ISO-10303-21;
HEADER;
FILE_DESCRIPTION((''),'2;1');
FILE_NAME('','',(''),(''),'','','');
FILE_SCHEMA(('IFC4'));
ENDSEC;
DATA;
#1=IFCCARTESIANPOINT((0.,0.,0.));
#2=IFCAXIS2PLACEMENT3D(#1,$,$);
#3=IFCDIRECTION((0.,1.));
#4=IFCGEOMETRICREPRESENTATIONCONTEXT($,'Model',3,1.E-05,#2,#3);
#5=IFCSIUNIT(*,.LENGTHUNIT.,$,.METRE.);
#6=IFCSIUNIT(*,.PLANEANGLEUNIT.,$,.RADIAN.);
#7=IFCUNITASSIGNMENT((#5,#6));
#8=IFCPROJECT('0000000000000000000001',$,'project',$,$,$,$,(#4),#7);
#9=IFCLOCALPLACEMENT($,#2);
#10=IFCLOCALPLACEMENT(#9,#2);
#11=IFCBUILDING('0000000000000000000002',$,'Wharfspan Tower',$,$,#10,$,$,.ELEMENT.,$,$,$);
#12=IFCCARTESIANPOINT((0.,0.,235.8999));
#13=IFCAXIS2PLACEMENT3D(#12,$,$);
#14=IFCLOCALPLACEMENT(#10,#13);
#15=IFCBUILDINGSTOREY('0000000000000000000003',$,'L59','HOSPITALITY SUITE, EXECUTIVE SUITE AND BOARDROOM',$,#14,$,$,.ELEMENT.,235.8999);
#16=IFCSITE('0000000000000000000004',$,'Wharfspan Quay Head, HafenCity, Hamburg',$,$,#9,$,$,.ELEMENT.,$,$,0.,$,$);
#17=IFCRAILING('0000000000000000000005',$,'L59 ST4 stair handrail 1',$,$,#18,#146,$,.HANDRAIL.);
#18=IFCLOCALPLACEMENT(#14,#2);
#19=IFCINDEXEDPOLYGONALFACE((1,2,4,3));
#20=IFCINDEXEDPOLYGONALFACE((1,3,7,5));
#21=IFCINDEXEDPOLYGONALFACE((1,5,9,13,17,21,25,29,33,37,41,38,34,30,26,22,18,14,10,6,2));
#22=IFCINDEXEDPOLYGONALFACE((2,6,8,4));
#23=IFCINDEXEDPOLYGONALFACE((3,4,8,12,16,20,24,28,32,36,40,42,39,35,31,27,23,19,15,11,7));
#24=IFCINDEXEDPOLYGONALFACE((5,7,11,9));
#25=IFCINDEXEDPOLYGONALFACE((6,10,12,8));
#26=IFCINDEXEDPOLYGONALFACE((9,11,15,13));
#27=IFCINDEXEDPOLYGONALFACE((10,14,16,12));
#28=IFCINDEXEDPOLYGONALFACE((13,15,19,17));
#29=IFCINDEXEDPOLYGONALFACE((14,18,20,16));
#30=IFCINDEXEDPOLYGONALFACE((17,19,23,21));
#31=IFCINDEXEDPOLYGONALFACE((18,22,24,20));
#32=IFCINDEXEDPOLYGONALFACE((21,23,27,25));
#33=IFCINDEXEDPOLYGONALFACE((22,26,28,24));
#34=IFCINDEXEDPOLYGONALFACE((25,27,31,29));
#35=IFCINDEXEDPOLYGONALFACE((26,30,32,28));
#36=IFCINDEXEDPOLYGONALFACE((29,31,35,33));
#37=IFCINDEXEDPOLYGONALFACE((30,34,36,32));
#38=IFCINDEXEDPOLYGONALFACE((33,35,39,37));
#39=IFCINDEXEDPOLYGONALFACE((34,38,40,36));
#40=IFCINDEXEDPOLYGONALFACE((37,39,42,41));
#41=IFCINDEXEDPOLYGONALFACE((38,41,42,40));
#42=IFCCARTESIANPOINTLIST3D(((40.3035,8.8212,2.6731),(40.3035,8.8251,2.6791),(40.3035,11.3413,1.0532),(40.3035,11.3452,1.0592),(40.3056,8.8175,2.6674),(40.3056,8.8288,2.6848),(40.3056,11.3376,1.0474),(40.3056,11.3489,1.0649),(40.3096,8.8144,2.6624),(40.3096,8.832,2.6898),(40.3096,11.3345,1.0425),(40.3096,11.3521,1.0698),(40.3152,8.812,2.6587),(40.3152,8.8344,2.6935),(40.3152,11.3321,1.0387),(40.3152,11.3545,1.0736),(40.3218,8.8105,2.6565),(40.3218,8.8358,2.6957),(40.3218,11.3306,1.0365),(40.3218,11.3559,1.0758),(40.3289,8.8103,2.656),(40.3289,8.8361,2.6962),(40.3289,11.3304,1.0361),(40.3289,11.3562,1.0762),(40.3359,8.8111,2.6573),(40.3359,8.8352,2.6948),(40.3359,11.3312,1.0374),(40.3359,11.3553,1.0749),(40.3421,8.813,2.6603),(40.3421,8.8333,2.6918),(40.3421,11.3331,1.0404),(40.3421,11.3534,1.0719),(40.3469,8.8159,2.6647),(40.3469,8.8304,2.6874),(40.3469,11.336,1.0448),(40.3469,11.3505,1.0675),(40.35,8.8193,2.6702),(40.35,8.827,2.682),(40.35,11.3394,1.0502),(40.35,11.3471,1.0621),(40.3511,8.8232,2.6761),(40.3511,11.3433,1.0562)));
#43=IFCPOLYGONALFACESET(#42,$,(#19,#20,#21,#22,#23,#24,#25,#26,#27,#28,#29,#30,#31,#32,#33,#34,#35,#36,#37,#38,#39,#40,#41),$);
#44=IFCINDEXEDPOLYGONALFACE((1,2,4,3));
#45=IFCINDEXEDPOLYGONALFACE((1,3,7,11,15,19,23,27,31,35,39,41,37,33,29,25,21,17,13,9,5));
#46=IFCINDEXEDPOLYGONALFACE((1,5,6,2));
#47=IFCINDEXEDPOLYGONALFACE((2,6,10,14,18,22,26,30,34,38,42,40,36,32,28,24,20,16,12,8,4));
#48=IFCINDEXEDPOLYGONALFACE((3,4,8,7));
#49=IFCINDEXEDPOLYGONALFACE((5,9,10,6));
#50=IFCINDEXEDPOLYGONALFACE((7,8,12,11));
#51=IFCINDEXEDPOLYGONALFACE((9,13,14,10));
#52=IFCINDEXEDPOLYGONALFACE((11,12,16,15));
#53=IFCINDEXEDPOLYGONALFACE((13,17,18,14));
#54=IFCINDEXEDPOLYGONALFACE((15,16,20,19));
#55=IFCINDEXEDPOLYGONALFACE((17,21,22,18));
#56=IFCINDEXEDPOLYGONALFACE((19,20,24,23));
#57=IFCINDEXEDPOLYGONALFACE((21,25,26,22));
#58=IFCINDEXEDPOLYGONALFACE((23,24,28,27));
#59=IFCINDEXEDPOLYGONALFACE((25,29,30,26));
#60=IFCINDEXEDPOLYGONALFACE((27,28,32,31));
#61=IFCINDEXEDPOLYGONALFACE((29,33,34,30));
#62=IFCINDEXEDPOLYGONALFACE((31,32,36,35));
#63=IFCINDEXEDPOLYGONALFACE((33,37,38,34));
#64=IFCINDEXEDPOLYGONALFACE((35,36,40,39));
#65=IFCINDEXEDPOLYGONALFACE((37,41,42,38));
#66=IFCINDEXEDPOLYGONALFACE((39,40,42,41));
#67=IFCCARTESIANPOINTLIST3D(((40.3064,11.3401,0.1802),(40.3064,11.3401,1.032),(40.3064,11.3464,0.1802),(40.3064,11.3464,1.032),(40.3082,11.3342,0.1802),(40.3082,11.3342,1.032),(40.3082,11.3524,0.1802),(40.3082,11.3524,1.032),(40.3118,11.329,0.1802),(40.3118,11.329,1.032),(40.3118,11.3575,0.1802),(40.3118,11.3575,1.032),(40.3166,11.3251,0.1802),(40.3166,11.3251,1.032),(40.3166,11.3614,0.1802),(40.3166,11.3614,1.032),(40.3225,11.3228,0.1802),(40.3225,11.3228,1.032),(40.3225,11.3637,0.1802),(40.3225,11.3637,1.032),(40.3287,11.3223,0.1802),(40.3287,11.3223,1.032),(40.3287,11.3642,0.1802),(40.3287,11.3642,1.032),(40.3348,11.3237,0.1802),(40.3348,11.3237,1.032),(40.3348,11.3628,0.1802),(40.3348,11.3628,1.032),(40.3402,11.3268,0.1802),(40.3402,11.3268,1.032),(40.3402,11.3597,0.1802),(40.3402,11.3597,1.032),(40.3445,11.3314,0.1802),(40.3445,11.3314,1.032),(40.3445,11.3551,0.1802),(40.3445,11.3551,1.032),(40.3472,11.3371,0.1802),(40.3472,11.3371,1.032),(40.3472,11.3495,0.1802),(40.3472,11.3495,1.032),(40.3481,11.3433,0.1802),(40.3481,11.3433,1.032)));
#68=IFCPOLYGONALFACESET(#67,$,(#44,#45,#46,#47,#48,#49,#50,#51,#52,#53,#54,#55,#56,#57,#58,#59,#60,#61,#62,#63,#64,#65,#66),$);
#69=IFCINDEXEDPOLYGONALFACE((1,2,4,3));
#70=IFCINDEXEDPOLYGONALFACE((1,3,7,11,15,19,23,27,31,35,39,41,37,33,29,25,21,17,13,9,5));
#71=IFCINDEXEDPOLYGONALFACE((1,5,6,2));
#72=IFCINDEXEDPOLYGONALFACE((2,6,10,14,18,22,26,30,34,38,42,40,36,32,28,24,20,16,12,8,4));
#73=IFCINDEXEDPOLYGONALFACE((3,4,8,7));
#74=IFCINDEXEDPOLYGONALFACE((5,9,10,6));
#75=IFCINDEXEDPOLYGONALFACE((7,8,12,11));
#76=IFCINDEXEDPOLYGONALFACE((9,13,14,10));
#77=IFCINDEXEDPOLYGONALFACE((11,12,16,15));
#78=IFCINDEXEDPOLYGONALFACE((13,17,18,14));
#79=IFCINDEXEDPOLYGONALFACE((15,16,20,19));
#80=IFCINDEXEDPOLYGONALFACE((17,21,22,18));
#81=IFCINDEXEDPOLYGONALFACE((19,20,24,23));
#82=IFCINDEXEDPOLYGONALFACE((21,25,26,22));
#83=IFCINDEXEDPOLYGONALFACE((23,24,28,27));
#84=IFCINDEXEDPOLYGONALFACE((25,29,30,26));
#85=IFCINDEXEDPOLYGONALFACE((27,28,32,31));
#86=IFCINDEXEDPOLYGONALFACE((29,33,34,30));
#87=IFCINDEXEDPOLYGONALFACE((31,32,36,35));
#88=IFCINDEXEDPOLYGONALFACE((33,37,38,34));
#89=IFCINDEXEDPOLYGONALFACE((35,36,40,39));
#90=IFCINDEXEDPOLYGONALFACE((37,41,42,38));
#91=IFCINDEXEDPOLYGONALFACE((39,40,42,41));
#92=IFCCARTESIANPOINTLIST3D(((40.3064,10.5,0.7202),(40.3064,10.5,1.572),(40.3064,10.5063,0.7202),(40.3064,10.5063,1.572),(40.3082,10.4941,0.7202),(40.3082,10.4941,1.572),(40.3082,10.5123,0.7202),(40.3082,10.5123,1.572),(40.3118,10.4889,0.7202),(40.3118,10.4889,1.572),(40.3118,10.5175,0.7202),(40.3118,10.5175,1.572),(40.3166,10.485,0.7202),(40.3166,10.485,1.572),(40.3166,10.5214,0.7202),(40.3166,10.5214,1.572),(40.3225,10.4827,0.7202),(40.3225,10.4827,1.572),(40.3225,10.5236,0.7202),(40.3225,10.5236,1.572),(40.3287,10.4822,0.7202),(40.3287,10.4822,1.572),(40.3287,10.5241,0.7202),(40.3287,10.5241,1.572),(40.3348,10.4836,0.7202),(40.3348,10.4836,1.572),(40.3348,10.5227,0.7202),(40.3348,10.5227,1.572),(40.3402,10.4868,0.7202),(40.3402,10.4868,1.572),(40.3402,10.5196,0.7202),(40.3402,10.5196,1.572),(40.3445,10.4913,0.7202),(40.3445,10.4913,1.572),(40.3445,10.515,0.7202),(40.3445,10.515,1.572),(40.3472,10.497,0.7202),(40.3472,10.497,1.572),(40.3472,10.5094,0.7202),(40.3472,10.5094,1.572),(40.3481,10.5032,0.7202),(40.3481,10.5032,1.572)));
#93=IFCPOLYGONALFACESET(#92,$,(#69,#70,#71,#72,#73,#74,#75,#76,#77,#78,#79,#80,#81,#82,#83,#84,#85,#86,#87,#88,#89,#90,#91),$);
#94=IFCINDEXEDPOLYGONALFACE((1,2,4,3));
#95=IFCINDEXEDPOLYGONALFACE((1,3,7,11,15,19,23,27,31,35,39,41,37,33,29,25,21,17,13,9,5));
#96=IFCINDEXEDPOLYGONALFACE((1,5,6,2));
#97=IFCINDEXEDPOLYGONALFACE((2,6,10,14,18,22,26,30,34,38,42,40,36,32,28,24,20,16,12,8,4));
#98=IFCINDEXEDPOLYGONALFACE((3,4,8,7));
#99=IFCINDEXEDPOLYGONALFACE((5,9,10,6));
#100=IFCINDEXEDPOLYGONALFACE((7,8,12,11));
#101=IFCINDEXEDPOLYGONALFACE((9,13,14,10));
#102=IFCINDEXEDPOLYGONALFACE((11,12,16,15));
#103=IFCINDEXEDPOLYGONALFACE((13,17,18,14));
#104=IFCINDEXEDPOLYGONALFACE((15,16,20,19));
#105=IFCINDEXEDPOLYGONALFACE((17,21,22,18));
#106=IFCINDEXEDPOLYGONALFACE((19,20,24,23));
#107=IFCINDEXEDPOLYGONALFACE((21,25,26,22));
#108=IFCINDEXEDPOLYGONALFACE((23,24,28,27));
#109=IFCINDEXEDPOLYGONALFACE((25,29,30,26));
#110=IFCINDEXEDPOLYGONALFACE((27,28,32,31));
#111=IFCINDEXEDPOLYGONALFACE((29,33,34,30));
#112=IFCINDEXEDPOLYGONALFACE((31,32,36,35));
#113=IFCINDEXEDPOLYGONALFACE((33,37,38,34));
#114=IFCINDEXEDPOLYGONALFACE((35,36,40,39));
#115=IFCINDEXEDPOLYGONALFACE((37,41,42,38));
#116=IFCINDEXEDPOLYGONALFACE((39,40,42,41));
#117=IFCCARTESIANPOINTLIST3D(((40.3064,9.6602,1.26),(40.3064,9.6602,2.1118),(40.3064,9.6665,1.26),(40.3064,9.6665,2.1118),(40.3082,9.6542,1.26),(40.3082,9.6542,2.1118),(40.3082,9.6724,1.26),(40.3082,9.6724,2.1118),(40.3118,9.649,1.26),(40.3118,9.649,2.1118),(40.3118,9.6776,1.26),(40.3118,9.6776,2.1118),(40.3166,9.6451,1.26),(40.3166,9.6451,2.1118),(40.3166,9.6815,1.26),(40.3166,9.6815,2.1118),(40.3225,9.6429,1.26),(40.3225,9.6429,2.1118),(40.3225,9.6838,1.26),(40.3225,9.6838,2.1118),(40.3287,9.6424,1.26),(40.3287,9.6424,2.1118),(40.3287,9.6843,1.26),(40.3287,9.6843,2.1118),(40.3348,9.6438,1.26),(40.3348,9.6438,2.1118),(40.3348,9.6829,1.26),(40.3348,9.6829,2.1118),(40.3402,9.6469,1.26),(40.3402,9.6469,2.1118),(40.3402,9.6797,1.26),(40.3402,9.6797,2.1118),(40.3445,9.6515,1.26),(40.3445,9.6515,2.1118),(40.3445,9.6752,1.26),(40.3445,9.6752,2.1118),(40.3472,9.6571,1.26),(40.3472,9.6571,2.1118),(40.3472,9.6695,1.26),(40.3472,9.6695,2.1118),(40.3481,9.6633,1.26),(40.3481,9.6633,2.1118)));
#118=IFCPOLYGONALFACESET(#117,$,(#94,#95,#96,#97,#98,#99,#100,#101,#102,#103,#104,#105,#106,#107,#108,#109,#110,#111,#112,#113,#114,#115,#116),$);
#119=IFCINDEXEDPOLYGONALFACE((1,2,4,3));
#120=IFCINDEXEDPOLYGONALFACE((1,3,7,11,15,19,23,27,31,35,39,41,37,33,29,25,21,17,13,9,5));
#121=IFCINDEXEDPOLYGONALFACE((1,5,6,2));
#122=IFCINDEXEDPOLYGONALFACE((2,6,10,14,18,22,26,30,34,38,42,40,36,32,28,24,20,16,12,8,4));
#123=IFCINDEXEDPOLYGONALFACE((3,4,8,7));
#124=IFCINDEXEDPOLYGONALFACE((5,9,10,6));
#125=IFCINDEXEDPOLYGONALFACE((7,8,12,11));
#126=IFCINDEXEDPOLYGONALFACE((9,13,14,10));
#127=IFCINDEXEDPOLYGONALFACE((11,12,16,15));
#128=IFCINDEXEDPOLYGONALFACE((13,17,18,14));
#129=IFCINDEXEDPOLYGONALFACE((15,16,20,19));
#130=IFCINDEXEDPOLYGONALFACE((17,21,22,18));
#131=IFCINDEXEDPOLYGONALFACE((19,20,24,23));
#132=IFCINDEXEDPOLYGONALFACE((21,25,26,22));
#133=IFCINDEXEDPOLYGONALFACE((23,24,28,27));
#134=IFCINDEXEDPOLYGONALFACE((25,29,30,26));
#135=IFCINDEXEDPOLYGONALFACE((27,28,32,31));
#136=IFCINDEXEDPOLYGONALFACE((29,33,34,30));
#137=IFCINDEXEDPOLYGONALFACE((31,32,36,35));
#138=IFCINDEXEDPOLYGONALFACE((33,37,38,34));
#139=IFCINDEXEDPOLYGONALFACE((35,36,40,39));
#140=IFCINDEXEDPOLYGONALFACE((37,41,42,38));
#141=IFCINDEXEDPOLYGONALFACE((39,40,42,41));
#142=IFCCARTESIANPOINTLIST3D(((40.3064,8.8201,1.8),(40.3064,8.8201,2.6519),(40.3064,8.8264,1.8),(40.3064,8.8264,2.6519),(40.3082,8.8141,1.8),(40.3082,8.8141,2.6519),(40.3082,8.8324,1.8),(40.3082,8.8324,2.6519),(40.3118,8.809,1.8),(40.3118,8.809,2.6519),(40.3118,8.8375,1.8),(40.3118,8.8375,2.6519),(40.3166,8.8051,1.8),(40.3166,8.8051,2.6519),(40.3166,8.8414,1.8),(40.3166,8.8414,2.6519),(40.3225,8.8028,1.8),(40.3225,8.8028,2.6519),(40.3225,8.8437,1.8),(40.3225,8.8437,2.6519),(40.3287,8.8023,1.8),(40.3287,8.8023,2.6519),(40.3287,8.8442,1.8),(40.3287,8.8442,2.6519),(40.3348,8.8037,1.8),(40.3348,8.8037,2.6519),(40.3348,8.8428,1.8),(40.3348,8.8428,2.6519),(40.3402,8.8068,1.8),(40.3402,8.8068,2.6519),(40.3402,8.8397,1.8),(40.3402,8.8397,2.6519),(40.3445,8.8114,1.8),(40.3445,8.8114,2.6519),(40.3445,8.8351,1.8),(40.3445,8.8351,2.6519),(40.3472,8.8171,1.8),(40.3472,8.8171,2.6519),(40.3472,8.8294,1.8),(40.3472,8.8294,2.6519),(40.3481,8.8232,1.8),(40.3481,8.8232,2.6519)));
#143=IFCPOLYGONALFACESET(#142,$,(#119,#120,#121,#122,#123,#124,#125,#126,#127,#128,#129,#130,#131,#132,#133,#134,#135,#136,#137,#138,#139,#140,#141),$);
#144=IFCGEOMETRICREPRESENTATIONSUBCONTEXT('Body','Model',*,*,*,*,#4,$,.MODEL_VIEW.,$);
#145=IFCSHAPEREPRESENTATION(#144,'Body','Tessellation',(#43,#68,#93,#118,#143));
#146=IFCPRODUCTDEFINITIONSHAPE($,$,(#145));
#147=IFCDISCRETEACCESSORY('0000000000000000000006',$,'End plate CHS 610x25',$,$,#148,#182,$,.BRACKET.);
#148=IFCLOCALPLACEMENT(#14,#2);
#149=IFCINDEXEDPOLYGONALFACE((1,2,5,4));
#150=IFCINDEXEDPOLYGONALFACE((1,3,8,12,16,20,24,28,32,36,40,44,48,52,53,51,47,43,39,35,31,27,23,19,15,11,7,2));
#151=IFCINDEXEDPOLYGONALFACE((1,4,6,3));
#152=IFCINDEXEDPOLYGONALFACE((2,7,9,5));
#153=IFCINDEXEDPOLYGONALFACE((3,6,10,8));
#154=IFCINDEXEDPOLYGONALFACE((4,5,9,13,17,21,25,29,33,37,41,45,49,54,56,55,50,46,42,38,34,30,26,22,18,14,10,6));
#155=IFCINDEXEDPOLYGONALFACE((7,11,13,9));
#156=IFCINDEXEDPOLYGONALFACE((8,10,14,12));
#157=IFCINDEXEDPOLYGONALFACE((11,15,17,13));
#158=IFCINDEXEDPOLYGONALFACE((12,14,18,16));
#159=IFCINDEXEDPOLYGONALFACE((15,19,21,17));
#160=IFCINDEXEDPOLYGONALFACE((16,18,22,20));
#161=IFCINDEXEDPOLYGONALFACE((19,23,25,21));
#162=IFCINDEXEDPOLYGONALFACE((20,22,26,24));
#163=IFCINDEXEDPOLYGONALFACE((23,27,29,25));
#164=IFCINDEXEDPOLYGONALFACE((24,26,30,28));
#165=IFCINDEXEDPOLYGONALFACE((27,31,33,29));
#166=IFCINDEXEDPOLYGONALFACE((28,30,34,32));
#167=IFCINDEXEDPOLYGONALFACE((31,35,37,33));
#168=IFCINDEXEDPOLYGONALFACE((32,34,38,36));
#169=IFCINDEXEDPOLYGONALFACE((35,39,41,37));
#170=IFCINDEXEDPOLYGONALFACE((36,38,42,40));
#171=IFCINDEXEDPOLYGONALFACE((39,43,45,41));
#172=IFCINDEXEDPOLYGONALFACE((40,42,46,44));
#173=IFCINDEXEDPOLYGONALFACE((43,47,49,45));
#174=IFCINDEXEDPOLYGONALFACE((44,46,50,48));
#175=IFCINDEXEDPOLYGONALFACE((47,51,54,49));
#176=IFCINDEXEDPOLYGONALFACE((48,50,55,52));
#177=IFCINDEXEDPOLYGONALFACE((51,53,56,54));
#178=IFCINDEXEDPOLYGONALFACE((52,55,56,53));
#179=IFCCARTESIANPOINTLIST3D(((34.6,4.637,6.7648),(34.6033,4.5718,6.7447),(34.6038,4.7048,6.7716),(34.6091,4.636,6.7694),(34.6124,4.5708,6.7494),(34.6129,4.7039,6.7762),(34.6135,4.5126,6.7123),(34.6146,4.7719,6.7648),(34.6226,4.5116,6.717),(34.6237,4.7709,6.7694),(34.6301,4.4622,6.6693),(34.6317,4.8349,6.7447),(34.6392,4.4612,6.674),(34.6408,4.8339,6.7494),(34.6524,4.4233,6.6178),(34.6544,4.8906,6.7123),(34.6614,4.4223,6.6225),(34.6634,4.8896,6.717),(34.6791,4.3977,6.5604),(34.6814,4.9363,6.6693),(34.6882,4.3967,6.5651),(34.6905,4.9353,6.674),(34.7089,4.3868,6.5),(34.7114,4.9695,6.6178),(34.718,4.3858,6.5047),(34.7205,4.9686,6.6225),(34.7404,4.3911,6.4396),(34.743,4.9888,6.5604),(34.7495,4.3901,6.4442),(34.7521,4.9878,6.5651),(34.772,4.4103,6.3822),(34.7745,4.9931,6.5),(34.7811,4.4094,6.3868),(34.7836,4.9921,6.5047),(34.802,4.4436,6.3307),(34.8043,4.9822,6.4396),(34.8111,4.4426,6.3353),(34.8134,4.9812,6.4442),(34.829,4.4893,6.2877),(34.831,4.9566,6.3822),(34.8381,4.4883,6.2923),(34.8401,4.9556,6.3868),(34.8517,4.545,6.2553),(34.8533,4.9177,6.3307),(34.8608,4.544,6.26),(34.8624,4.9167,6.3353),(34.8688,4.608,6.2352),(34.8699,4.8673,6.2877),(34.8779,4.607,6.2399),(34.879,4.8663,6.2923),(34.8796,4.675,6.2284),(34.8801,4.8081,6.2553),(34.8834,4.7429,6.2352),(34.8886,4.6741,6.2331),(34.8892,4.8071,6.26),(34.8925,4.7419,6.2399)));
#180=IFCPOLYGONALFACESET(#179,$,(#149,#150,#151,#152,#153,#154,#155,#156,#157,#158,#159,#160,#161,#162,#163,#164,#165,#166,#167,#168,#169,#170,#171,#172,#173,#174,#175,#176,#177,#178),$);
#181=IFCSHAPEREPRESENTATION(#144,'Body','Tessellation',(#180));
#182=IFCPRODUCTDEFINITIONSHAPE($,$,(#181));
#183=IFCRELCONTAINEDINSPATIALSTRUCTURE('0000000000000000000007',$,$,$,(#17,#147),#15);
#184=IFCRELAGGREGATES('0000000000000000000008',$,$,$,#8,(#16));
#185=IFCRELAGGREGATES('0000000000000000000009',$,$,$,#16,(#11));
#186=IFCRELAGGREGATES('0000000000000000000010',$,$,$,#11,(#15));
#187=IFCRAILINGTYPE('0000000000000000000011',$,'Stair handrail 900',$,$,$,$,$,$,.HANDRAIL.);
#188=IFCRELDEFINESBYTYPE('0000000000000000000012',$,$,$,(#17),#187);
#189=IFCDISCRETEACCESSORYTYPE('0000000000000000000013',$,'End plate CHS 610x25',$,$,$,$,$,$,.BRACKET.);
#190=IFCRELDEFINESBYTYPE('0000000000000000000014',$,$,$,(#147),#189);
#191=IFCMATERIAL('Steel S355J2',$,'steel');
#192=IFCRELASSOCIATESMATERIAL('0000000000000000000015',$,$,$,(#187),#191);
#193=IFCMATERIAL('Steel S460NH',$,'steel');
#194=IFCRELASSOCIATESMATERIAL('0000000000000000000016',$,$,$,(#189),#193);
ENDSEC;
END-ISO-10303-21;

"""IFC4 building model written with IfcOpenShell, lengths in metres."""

from ifc_helpers import new_model, si_unit, direction, frame, origin, origin_2d, place, context, subcontext, project, spatial, circle, extrude, material, material_profile, profile_set, type_object, element, save


model = new_model("IFC4")

# Units and contexts
model_context = context("Model", 3, precision=1e-05, world=origin(), true_north=direction((0.0, 1.0)))
body_context = subcontext(model_context, "Body", "Model", "MODEL_VIEW")
ifc_project = project(units=[si_unit("LENGTHUNIT", "METRE"), si_unit("PLANEANGLEUNIT", "RADIAN")], contexts=[model_context])

# Site, building, storey
site_placement = place(None, origin())
site = spatial("IfcSite", under=ifc_project, at=site_placement, Name="Wharfspan Quay Head, HafenCity, Hamburg", CompositionType="ELEMENT", RefElevation=0.0)
building_placement = place(site_placement, origin())
building = spatial("IfcBuilding", under=site, at=building_placement, Name="Wharfspan Tower", CompositionType="ELEMENT")
storey_placement = place(building_placement, frame((0.0, 0.0, 235.8999)))
storey = spatial("IfcBuildingStorey", under=building, at=storey_placement, Name="L59", Description="HOSPITALITY SUITE, EXECUTIVE SUITE AND BOARDROOM", CompositionType="ELEMENT", Elevation=235.8999)

# Shared definitions
ifc_material_1 = material(Name="Steel S355J2", Category="steel")

# Shared definitions
ifc_material_2 = material(Name="Steel S460NH", Category="steel")

# Railing
railing_type_1 = type_object("IfcRailingType", Name="Stair handrail 900", PredefinedType="HANDRAIL", material=ifc_material_1)
railing_1_placement = place(storey_placement, frame((40.3271, 11.3433, 0.1802)))
element("IfcRailing", 1, at=railing_1_placement, inside=storey, type_object=railing_type_1, Name="L59 ST4 stair handrail 1", PredefinedType="HANDRAIL", context=body_context, shape_type="SweptSolid", body=[
    extrude(circle(Radius=0.0239, at=origin_2d()), frame((0.0, 0.0, 0.876), z_axis=(0.0, -0.8412, 0.540725), x_axis=(1.0, 0.0, 0.0)), (0.0, 0.0, 1.0), 2.9958),
    extrude(circle(Radius=0.021, at=origin_2d()), origin(), (0.0, 0.0, 1.0), 0.8518),
    extrude(circle(Radius=0.021, at=origin_2d()), frame((0.0, -0.8401, 0.54)), (0.0, 0.0, 1.0), 0.8518),
    extrude(circle(Radius=0.021, at=origin_2d()), frame((0.0, -1.6799, 1.0798)), (0.0, 0.0, 1.0), 0.8518),
    extrude(circle(Radius=0.021, at=origin_2d()), frame((0.0, -2.52, 1.6199)), (0.0, 0.0, 1.0), 0.8518),
])

# Discrete accessory
ifc_material_profile_1 = material_profile(ifc_material_2, circle(Radius=0.3049, at=origin_2d()))
ifc_profile_set_1 = profile_set([ifc_material_profile_1], Name="Steel S460NH")
discrete_accessory_type = type_object("IfcDiscreteAccessoryType", Name="End plate CHS 610x25", PredefinedType="BRACKET", material=ifc_profile_set_1)
discrete_accessory_placement = place(storey_placement, frame((34.7417, 4.6899, 6.5), z_axis=(0.885482, -0.095728, 0.454707), x_axis=(0.107482, 0.994211, 0.000001)))
element("IfcDiscreteAccessory", 2, at=discrete_accessory_placement, inside=storey, type_object=discrete_accessory_type, Name="End plate CHS 610x25", PredefinedType="BRACKET", context=body_context, shape_type="SweptSolid", body=[
    extrude(circle(Radius=0.3049, at=origin_2d()), origin(), (0.0, 0.0, 1.0), 0.0103),
])

save(model, "model.ifc")
